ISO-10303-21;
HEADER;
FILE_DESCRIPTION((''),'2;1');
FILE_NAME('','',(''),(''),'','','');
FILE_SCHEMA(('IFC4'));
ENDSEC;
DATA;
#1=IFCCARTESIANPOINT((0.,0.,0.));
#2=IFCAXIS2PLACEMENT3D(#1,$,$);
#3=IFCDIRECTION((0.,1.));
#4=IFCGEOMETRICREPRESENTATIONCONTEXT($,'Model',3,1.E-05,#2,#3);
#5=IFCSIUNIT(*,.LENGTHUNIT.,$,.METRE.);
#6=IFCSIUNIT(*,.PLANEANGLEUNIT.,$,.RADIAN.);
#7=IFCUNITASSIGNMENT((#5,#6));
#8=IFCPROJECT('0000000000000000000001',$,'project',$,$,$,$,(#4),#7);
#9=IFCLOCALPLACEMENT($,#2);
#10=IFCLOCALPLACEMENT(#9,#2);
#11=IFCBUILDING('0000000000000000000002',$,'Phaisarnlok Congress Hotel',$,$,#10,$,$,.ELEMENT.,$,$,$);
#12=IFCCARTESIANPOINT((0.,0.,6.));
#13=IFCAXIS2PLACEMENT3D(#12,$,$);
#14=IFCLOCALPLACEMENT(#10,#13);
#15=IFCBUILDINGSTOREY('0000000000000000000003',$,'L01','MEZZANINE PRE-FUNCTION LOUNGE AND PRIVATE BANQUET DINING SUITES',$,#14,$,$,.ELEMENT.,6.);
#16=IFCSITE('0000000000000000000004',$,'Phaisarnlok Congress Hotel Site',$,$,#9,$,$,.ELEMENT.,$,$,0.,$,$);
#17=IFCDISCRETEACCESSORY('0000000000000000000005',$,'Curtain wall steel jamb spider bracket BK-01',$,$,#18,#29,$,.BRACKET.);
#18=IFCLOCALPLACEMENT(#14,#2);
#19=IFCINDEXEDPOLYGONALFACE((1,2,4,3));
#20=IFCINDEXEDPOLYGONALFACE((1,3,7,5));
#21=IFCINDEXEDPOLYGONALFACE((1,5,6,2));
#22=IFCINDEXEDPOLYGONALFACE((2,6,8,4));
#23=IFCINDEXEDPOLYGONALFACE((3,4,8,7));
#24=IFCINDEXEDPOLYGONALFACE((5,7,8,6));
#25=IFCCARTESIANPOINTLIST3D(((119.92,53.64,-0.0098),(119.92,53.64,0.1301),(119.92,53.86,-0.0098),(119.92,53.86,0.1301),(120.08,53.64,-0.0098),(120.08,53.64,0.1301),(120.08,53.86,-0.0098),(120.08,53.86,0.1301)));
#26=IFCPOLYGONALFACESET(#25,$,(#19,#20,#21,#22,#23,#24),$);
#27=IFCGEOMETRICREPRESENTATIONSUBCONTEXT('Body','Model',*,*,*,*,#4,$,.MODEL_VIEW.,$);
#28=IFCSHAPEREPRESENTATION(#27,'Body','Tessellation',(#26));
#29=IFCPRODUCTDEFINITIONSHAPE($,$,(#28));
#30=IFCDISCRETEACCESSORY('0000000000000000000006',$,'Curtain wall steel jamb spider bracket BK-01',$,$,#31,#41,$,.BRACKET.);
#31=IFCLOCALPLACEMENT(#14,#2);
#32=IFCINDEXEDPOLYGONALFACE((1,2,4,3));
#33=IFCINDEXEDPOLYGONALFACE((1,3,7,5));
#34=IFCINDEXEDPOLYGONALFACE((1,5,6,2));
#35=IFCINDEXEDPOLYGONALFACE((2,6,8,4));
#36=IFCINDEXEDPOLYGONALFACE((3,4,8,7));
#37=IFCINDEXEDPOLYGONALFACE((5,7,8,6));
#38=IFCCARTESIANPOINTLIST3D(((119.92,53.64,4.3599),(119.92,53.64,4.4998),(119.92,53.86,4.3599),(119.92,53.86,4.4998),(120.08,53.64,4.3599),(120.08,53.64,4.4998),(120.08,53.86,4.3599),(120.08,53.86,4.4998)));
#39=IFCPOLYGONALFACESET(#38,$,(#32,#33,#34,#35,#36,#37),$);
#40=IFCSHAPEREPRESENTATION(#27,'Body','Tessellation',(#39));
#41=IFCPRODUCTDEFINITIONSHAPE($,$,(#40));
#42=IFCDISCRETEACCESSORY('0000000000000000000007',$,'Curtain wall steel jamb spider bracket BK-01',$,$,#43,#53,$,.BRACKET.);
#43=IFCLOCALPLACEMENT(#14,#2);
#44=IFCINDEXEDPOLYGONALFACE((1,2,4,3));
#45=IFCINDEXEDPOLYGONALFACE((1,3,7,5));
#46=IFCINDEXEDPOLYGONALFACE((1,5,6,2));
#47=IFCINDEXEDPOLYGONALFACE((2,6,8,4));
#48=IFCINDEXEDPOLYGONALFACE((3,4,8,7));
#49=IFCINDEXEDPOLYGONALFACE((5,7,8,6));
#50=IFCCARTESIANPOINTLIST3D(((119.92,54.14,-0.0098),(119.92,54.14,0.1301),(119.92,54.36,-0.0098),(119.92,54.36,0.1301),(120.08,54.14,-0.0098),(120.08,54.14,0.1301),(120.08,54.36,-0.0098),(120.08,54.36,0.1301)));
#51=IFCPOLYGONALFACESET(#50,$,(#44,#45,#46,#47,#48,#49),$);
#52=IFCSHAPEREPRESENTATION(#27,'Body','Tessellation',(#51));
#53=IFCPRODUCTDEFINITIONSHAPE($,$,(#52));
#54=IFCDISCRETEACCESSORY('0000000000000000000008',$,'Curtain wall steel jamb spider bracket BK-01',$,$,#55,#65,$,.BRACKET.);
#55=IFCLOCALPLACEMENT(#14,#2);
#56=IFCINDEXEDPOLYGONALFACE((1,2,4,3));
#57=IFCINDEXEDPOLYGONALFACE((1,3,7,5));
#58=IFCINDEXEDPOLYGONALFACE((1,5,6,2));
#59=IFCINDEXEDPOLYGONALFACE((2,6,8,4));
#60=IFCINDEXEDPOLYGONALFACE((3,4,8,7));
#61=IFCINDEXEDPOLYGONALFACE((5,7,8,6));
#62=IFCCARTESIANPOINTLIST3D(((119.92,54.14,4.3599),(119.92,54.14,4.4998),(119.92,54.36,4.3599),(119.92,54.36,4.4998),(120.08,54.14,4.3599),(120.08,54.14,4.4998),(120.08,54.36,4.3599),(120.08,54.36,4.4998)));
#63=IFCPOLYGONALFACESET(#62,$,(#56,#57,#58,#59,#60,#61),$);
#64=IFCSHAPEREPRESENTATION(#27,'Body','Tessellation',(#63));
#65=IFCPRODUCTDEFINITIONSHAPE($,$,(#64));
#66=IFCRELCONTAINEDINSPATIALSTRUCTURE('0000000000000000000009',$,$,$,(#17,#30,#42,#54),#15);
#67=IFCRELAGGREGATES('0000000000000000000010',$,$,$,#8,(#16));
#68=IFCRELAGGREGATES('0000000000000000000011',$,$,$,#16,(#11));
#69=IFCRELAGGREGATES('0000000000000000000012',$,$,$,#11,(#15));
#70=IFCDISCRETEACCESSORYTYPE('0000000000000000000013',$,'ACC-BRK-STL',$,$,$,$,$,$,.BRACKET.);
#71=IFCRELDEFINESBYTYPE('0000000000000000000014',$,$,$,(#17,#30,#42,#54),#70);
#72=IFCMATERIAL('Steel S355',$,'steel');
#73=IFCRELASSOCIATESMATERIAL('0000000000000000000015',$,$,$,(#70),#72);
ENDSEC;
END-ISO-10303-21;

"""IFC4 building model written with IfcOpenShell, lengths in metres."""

from ifc_helpers import new_model, si_unit, direction, frame, origin, origin_2d, place, context, subcontext, project, spatial, rectangle, extrude, material, type_object, element, save


model = new_model("IFC4")

# Units and contexts
model_context = context("Model", 3, precision=1e-05, world=origin(), true_north=direction((0.0, 1.0)))
body_context = subcontext(model_context, "Body", "Model", "MODEL_VIEW")
ifc_project = project(units=[si_unit("LENGTHUNIT", "METRE"), si_unit("PLANEANGLEUNIT", "RADIAN")], contexts=[model_context])

# Site, building, storey
site_placement = place(None, origin())
site = spatial("IfcSite", under=ifc_project, at=site_placement, Name="Phaisarnlok Congress Hotel Site", CompositionType="ELEMENT", RefElevation=0.0)
building_placement = place(site_placement, origin())
building = spatial("IfcBuilding", under=site, at=building_placement, Name="Phaisarnlok Congress Hotel", CompositionType="ELEMENT")
storey_placement = place(building_placement, frame((0.0, 0.0, 6.0)))
storey = spatial("IfcBuildingStorey", under=building, at=storey_placement, Name="L01", Description="MEZZANINE PRE-FUNCTION LOUNGE AND PRIVATE BANQUET DINING SUITES", CompositionType="ELEMENT", Elevation=6.0)

# Shared definitions
ifc_material_1 = material(Name="Steel S355", Category="steel")

# Discrete accessories
discrete_accessory_type = type_object("IfcDiscreteAccessoryType", Name="ACC-BRK-STL", PredefinedType="BRACKET", material=ifc_material_1)
for number, where, z_axis, x_axis, name in (
    (1, (120.0, 53.75, -0.0098), (0.0, 0.0, 1.0), (1.0, 0.0, 0.0), "Curtain wall steel jamb spider bracket BK-01"),
    (2, (120.0, 53.75, 4.3599), (0.0, 0.0, 1.0), (1.0, 0.0, 0.0), "Curtain wall steel jamb spider bracket BK-01"),
    (3, (120.0, 54.25, -0.0098), (0.0, 0.0, 1.0), (1.0, 0.0, 0.0), "Curtain wall steel jamb spider bracket BK-01"),
    (4, (120.0, 54.25, 4.3599), (0.0, 0.0, 1.0), (1.0, 0.0, 0.0), "Curtain wall steel jamb spider bracket BK-01"),
):
    element("IfcDiscreteAccessory", number, at=place(storey_placement, frame(where, z_axis=z_axis, x_axis=x_axis)), inside=storey, type_object=discrete_accessory_type, Name=name, PredefinedType="BRACKET", context=body_context, shape_type="SweptSolid", body=[
        extrude(rectangle(XDim=0.1599, YDim=0.22, at=origin_2d()), origin(), (0.0, 0.0, 1.0), 0.1399),
    ])

save(model, "model.ifc")
